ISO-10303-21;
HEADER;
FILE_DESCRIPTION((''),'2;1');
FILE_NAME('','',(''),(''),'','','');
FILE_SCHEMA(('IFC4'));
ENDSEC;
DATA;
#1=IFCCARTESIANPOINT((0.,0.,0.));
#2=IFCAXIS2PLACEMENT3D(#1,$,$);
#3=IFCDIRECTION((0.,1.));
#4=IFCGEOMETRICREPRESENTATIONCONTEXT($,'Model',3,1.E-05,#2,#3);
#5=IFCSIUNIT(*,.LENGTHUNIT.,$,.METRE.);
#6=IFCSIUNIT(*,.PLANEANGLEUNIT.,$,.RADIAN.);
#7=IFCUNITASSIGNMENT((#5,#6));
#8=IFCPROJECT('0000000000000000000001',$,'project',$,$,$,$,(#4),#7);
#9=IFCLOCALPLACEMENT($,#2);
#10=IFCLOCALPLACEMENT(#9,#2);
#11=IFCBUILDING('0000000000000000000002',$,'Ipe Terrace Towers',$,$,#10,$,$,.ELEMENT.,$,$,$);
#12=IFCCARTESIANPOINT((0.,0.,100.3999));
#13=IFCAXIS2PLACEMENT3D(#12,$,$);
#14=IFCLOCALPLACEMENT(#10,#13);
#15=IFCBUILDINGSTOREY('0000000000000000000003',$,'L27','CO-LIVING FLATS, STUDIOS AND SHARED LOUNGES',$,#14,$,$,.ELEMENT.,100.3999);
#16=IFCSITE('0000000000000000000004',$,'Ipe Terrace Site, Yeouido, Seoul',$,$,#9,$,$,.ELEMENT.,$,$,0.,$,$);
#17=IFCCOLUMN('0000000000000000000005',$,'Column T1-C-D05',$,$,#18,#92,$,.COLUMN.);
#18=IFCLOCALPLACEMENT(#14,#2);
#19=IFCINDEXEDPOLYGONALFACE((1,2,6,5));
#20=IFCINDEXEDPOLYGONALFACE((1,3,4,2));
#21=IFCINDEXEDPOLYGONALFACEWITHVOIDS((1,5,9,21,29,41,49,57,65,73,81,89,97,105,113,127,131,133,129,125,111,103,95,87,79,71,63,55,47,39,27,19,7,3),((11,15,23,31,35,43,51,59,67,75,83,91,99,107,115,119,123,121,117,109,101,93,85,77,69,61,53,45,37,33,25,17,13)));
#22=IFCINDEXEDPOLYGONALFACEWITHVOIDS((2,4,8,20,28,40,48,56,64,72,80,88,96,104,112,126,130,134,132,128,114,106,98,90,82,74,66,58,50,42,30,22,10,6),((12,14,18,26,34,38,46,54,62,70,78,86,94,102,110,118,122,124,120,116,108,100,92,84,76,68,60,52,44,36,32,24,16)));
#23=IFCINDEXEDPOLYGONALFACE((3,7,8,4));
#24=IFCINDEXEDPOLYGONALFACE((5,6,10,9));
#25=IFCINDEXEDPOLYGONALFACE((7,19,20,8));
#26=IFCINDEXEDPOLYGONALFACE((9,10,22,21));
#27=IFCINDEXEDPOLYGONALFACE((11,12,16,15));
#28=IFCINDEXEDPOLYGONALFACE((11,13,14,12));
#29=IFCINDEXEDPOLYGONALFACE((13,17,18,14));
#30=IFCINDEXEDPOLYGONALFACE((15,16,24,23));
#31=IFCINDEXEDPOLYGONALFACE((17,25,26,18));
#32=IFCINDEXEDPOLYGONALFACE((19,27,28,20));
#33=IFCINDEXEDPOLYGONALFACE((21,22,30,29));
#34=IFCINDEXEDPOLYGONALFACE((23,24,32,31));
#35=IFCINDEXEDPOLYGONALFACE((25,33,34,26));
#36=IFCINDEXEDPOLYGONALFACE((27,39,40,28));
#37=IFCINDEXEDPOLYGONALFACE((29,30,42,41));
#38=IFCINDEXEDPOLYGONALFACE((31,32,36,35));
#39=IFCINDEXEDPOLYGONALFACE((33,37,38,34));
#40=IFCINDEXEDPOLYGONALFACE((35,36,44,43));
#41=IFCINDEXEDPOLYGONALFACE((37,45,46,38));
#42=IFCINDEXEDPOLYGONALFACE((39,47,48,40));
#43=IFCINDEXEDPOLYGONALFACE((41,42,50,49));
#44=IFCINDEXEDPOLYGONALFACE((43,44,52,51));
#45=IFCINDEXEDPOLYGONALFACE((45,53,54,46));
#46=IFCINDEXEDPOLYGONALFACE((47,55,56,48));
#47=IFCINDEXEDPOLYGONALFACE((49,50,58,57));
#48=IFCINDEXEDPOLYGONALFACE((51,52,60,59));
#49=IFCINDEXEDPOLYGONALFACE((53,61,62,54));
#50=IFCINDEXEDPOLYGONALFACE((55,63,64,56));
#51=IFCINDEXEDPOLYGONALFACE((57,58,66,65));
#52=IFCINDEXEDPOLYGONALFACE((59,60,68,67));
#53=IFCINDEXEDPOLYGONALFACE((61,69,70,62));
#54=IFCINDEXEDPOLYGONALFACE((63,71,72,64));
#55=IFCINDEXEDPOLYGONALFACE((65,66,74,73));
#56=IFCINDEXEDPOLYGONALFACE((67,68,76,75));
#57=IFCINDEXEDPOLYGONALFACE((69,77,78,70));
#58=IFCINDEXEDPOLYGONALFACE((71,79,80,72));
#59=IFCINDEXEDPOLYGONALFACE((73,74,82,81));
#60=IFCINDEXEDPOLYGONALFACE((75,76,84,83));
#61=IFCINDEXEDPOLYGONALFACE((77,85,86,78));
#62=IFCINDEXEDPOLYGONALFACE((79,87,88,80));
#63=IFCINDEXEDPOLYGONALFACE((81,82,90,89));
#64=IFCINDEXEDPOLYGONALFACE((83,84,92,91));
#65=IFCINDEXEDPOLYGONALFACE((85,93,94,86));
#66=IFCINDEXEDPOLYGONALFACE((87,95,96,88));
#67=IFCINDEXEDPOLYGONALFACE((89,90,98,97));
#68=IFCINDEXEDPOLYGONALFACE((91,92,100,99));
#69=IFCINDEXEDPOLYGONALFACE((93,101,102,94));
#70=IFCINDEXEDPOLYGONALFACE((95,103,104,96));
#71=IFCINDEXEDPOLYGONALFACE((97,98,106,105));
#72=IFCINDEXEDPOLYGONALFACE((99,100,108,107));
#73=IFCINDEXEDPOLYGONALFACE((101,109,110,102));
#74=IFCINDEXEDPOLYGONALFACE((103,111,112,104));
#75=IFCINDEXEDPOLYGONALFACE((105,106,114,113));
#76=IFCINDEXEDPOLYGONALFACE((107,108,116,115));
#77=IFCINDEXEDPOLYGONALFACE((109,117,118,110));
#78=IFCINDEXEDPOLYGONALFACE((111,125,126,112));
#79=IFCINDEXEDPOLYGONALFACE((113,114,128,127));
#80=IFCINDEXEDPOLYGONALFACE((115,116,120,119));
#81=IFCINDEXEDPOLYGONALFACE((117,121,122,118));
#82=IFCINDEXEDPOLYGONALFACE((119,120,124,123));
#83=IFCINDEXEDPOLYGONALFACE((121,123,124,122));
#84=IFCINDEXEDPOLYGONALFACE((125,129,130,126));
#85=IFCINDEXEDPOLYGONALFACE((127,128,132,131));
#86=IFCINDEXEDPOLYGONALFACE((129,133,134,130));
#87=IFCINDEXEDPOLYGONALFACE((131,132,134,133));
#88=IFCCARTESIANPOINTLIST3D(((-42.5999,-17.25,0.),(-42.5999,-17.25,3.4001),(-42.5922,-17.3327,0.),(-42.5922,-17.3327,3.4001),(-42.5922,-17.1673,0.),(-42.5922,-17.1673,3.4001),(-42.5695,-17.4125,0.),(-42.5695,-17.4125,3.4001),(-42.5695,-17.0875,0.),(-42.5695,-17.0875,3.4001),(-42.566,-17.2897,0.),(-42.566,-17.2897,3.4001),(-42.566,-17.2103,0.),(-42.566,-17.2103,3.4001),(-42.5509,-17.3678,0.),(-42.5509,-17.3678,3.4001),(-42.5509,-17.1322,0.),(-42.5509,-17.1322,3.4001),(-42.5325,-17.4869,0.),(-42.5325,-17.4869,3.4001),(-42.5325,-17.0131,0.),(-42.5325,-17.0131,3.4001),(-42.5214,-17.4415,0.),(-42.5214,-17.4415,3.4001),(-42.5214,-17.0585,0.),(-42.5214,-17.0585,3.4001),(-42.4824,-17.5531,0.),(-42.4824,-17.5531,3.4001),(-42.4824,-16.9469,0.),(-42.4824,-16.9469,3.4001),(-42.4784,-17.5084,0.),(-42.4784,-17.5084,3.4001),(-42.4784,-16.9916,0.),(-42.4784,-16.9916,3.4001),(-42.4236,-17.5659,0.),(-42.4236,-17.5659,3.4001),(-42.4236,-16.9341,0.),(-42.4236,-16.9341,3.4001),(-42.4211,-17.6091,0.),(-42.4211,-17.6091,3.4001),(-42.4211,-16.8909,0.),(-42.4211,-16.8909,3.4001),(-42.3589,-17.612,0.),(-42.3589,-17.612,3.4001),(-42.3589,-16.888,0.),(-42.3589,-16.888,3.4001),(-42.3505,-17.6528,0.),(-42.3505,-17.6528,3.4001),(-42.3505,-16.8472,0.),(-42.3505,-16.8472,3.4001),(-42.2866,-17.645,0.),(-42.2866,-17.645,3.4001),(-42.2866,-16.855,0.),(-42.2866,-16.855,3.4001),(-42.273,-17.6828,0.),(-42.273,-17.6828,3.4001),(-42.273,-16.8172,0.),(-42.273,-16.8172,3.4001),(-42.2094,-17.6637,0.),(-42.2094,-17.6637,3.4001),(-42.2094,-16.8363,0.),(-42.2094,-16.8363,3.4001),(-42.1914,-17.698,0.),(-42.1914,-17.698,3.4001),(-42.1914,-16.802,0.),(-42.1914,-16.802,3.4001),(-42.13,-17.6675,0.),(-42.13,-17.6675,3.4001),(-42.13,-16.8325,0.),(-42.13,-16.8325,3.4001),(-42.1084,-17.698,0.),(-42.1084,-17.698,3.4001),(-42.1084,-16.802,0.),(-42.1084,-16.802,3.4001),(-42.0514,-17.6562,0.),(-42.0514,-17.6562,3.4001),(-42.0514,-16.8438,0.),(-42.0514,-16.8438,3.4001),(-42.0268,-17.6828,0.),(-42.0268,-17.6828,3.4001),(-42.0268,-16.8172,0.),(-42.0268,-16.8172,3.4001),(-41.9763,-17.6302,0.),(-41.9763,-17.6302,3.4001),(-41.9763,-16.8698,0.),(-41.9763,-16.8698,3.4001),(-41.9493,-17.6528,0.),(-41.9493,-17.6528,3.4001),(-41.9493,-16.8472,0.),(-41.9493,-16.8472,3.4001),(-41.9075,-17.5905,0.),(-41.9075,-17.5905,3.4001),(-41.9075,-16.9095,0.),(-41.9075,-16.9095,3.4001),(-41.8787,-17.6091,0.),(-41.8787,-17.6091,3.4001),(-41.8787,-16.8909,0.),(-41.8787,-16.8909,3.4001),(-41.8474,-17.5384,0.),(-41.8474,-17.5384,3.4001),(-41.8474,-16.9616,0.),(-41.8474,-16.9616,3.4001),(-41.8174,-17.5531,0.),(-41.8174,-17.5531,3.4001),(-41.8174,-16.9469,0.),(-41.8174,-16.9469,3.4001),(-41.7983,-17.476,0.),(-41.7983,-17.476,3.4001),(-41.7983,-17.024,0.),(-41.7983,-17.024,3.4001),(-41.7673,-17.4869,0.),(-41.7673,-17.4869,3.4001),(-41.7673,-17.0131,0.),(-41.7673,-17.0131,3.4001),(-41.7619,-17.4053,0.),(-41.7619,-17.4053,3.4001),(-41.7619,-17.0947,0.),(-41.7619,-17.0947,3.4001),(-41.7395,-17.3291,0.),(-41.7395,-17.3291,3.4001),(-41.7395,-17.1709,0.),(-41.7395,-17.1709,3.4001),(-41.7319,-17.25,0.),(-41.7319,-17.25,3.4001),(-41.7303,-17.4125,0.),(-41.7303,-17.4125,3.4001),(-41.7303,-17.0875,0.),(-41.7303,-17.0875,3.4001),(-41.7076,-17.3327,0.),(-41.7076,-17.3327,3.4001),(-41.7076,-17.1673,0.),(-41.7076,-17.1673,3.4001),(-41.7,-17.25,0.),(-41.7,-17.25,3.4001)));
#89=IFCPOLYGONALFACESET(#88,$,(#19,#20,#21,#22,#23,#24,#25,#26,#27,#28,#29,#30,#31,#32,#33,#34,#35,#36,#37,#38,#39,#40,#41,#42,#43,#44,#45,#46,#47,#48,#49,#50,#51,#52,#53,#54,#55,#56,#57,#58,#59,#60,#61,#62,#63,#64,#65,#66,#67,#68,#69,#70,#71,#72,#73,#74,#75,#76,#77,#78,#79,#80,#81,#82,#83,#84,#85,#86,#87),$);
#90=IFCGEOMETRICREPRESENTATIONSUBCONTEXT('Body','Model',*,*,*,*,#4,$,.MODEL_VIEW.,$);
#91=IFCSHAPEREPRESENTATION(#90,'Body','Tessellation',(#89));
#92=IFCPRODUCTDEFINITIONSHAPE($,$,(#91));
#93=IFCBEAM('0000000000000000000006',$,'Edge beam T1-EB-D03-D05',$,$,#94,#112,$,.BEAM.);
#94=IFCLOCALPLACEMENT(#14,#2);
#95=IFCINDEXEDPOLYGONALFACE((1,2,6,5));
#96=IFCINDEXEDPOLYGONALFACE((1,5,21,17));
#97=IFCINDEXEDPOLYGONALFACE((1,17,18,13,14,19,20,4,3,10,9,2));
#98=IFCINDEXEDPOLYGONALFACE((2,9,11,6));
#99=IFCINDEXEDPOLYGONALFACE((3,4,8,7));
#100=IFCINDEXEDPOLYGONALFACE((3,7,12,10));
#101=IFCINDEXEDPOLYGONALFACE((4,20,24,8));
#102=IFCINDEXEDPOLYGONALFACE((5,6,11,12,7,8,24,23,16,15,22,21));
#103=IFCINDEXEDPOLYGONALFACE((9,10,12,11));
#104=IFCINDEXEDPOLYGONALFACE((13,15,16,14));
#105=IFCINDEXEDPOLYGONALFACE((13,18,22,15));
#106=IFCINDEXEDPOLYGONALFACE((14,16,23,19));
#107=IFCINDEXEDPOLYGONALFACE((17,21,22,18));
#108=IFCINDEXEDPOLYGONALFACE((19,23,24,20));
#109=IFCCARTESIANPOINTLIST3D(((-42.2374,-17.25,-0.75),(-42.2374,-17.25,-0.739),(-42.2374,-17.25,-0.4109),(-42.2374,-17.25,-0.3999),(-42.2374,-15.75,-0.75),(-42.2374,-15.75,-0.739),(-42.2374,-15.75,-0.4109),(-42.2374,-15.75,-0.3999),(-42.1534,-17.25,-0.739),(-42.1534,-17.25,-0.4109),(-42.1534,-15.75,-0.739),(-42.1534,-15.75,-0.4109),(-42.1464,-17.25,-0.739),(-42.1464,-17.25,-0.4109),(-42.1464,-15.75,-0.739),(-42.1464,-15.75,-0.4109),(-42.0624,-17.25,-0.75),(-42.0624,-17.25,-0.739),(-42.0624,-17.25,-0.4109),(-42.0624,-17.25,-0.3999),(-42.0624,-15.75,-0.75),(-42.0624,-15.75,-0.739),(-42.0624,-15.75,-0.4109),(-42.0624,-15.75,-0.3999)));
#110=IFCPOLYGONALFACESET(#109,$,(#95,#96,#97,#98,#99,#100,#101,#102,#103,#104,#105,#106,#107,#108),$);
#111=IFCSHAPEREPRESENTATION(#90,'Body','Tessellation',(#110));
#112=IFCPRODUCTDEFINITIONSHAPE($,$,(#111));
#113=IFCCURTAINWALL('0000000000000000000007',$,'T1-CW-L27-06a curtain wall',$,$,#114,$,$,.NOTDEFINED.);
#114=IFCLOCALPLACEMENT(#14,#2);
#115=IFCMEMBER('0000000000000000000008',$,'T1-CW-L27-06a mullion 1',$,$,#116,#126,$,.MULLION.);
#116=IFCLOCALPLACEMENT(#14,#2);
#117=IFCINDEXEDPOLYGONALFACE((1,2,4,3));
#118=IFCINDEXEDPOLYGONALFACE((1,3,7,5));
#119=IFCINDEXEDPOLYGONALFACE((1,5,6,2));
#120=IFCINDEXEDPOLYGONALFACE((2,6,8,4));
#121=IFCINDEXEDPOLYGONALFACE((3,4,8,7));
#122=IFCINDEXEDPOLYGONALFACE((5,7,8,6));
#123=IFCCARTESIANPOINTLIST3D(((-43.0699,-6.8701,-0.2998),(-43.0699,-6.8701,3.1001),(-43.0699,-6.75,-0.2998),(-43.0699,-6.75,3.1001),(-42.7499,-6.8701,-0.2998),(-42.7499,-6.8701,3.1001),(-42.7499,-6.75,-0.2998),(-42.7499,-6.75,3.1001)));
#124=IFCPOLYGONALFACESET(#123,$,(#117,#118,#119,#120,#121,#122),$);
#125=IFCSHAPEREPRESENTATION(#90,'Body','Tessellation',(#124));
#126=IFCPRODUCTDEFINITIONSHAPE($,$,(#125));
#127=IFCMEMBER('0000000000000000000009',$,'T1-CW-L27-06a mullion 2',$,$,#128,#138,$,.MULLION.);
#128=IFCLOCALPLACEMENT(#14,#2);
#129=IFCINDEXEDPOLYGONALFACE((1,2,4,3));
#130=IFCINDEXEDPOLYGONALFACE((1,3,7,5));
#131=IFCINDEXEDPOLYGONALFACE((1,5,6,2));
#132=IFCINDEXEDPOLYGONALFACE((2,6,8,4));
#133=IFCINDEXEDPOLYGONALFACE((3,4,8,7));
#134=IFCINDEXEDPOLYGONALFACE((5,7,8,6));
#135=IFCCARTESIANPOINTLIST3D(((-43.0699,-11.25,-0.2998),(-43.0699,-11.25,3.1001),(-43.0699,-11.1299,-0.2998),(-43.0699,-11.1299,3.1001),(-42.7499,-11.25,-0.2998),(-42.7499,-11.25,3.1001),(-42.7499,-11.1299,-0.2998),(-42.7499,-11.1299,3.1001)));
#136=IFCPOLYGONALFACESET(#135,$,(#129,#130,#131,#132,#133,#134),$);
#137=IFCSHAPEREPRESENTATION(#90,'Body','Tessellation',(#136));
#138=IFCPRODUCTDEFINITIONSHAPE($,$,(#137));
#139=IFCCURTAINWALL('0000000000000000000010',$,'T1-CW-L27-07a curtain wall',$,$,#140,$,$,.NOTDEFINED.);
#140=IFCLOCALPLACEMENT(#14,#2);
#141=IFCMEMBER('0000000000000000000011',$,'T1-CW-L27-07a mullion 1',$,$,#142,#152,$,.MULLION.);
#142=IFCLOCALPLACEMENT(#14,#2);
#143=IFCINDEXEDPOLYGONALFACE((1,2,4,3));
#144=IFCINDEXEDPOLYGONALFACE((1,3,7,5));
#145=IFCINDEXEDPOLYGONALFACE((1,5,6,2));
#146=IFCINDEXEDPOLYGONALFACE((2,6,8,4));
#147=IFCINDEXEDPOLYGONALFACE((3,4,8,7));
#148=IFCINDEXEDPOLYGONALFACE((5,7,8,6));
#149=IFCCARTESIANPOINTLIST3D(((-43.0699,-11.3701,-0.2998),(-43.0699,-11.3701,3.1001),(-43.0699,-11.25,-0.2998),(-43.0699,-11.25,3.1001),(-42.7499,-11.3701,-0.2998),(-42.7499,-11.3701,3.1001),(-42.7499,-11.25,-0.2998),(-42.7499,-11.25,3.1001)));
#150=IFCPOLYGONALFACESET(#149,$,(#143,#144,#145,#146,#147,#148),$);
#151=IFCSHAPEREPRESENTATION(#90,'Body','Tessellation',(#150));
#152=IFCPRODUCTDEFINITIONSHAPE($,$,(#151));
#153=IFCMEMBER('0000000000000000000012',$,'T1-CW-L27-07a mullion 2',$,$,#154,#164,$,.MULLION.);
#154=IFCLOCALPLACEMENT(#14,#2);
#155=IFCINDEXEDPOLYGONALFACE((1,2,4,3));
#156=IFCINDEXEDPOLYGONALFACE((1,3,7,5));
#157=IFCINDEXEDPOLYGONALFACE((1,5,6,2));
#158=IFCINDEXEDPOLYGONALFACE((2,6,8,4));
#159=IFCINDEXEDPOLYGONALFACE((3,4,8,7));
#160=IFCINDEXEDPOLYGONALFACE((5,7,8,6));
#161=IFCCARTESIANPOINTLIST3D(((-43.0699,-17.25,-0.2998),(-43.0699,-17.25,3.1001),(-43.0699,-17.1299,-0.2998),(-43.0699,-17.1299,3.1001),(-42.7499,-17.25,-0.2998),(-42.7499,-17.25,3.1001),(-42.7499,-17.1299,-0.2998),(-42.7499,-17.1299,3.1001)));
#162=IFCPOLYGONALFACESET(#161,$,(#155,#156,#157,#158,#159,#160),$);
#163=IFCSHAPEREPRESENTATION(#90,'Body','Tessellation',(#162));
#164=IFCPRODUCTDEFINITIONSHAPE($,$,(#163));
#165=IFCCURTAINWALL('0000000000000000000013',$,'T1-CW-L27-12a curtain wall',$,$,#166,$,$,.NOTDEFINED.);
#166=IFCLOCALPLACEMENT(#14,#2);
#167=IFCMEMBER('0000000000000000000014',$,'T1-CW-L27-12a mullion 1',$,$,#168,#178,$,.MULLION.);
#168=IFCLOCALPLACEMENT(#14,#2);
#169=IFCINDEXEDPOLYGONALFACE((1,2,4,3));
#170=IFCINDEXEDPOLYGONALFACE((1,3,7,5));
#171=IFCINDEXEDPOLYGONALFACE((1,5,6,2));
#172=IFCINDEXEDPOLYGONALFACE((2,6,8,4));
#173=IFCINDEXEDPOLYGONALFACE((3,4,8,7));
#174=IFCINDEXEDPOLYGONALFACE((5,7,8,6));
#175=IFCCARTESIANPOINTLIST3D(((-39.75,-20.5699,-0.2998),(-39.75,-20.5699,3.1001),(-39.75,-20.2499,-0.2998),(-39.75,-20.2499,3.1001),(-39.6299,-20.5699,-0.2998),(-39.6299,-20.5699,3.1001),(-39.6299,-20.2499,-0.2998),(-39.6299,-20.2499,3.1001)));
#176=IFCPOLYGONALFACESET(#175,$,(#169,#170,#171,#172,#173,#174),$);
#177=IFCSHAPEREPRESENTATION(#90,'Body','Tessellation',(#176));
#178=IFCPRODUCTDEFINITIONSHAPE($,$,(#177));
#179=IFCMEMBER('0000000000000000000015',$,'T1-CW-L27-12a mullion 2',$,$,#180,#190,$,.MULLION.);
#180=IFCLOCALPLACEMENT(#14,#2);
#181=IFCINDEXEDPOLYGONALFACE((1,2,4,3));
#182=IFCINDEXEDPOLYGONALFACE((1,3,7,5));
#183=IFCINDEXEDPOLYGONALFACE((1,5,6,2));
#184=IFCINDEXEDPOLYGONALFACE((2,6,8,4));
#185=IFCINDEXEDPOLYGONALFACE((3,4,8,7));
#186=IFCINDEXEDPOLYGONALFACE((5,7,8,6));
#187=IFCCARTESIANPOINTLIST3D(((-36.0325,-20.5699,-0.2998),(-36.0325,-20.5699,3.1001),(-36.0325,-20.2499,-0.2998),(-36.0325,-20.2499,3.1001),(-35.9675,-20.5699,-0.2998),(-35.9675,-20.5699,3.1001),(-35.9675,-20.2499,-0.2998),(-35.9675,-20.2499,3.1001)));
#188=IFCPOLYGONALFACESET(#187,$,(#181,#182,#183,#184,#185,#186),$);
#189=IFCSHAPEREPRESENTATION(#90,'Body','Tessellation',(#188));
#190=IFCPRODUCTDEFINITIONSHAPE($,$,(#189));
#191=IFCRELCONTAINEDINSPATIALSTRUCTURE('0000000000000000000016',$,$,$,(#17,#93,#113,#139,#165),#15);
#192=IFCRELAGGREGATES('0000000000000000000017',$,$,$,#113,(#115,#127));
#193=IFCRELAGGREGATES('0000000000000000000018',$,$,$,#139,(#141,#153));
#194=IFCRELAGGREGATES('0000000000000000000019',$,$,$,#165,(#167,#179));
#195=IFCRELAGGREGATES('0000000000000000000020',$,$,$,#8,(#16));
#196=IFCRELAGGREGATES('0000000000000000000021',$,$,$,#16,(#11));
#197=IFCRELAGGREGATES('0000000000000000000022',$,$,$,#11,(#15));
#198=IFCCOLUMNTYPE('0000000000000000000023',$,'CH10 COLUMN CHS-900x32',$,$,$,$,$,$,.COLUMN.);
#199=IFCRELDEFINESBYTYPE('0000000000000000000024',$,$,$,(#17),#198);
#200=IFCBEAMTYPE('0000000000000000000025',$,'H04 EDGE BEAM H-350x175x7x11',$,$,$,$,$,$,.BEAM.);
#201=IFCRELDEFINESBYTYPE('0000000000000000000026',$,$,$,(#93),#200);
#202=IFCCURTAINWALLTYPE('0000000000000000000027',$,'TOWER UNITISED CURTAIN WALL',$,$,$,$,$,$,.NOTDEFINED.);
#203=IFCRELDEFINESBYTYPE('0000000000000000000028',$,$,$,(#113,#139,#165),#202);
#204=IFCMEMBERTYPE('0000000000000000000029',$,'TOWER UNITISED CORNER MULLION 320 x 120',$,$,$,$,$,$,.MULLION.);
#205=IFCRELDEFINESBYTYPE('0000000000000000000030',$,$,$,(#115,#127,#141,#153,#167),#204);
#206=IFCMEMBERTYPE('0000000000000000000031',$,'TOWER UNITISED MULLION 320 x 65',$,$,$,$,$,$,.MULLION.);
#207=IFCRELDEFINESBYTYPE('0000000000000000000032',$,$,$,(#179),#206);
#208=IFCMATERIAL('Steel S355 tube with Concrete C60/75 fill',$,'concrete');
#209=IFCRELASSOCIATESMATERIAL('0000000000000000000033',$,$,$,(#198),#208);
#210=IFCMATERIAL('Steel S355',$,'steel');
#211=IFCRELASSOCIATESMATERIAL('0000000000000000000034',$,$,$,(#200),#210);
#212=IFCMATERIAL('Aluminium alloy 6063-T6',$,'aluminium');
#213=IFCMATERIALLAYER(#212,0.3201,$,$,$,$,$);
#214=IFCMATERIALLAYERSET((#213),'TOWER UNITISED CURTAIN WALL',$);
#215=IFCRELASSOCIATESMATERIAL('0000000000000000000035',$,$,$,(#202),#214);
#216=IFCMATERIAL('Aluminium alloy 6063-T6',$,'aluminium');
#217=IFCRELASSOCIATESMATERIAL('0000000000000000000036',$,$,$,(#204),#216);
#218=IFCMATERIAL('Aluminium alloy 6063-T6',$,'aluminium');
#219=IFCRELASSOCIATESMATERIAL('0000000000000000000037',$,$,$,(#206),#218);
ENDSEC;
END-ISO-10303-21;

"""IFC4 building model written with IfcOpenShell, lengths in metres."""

from ifc_helpers import new_model, si_unit, direction, frame, origin, origin_2d, place, context, subcontext, project, spatial, rectangle, hollow_circle, i_section, extrude, material, layer, layer_set, material_profile, profile_set, type_object, element, aggregate, save


model = new_model("IFC4")

# Units and contexts
model_context = context("Model", 3, precision=1e-05, world=origin(), true_north=direction((0.0, 1.0)))
body_context = subcontext(model_context, "Body", "Model", "MODEL_VIEW")
ifc_project = project(units=[si_unit("LENGTHUNIT", "METRE"), si_unit("PLANEANGLEUNIT", "RADIAN")], contexts=[model_context])

# Site, building, storey
site_placement = place(None, origin())
site = spatial("IfcSite", under=ifc_project, at=site_placement, Name="Ipe Terrace Site, Yeouido, Seoul", CompositionType="ELEMENT", RefElevation=0.0)
building_placement = place(site_placement, origin())
building = spatial("IfcBuilding", under=site, at=building_placement, Name="Ipe Terrace Towers", CompositionType="ELEMENT")
storey_placement = place(building_placement, frame((0.0, 0.0, 100.3999)))
storey = spatial("IfcBuildingStorey", under=building, at=storey_placement, Name="L27", Description="CO-LIVING FLATS, STUDIOS AND SHARED LOUNGES", CompositionType="ELEMENT", Elevation=100.3999)

# Column
ifc_material_1 = material(Name="Steel S355 tube with Concrete C60/75 fill", Category="concrete")
ifc_material_profile_1 = material_profile(ifc_material_1, hollow_circle(Radius=0.45, WallThickness=0.032, at=origin_2d()), Name="CHS-900x32")
ifc_profile_set_1 = profile_set([ifc_material_profile_1], Name="Steel S355 tube with Concrete C60/75 fill")
column_type_1 = type_object("IfcColumnType", Name="CH10 COLUMN CHS-900x32", PredefinedType="COLUMN", material=ifc_profile_set_1)
for number, where, z_axis, x_axis, name in (
    (1, (-42.1499, -17.25, 0.0), (0.0, 0.0, 1.0), (1.0, 0.0, 0.0), "Column T1-C-D05"),
):
    element("IfcColumn", number, at=place(storey_placement, frame(where, z_axis=z_axis, x_axis=x_axis)), inside=storey, type_object=column_type_1, Name=name, PredefinedType="COLUMN", context=body_context, shape_type="SweptSolid", body=[
        extrude(hollow_circle(Radius=0.45, WallThickness=0.032, at=origin_2d()), origin(), (0.0, 0.0, 1.0), 3.4001),
    ])

# Beam
ifc_material_2 = material(Name="Steel S355", Category="steel")
ifc_material_profile_2 = material_profile(ifc_material_2, i_section(OverallWidth=0.175, OverallDepth=0.3501, WebThickness=0.0071, FlangeThickness=0.011, at=origin_2d()), Name="H-350x175x7x11")
ifc_profile_set_2 = profile_set([ifc_material_profile_2], Name="Steel S355")
beam_type = type_object("IfcBeamType", Name="H04 EDGE BEAM H-350x175x7x11", PredefinedType="BEAM", material=ifc_profile_set_2)
beam_placement = place(storey_placement, frame((-42.1499, -15.75, -0.575), z_axis=(0.0, -1.0, 0.0), x_axis=(1.0, 0.0, 0.0)))
element("IfcBeam", 2, at=beam_placement, inside=storey, type_object=beam_type, Name="Edge beam T1-EB-D03-D05", PredefinedType="BEAM", context=body_context, shape_type="SweptSolid", body=[
    extrude(i_section(OverallWidth=0.175, OverallDepth=0.3501, WebThickness=0.0071, FlangeThickness=0.011, at=origin_2d()), origin(), (0.0, 0.0, 1.0), 1.5),
])

# Curtain walls, members
ifc_material_3 = material(Name="Aluminium alloy 6063-T6", Category="aluminium")
ifc_layer_1 = layer(ifc_material_3, 0.3201)
ifc_layer_set_1 = layer_set([ifc_layer_1], Name="TOWER UNITISED CURTAIN WALL")
curtain_wall_type = type_object("IfcCurtainWallType", Name="TOWER UNITISED CURTAIN WALL", PredefinedType="NOTDEFINED", material=ifc_layer_set_1)
curtain_wall_1_placement = place(storey_placement, origin())
curtain_wall_1 = element("IfcCurtainWall", 3, at=curtain_wall_1_placement, inside=storey, type_object=curtain_wall_type, Name="T1-CW-L27-06a curtain wall", PredefinedType="NOTDEFINED")
ifc_material_4 = material(Name="Aluminium alloy 6063-T6", Category="aluminium")
ifc_material_profile_3 = material_profile(ifc_material_4, rectangle(XDim=0.3201, YDim=0.1201, at=origin_2d()), Name="TOWER UNITISED CORNER MULLION 320 x 120")
ifc_profile_set_3 = profile_set([ifc_material_profile_3], Name="Aluminium alloy 6063-T6")
member_type_1 = type_object("IfcMemberType", Name="TOWER UNITISED CORNER MULLION 320 x 120", PredefinedType="MULLION", material=ifc_profile_set_3)
member_1_placement = place(storey_placement, frame((-42.9099, -6.8101, -0.2998), z_axis=(0.0, 0.0, 1.0), x_axis=(-1.0, 0.0, 0.0)))
member_1 = element("IfcMember", 4, at=member_1_placement, type_object=member_type_1, Name="T1-CW-L27-06a mullion 1", PredefinedType="MULLION", context=body_context, shape_type="SweptSolid", body=[
    extrude(rectangle(XDim=0.3201, YDim=0.1201, at=origin_2d()), origin(), (0.0, 0.0, 1.0), 3.3999),
])
member_2_placement = place(storey_placement, frame((-42.9099, -11.1899, -0.2998), z_axis=(0.0, 0.0, 1.0), x_axis=(-1.0, 0.0, 0.0)))
member_2 = element("IfcMember", 5, at=member_2_placement, type_object=member_type_1, Name="T1-CW-L27-06a mullion 2", PredefinedType="MULLION", context=body_context, shape_type="SweptSolid", body=[
    extrude(rectangle(XDim=0.3201, YDim=0.1201, at=origin_2d()), origin(), (0.0, 0.0, 1.0), 3.3999),
])
curtain_wall_2_placement = place(storey_placement, origin())
curtain_wall_2 = element("IfcCurtainWall", 6, at=curtain_wall_2_placement, inside=storey, type_object=curtain_wall_type, Name="T1-CW-L27-07a curtain wall", PredefinedType="NOTDEFINED")
member_3_placement = place(storey_placement, frame((-42.9099, -11.3101, -0.2998), z_axis=(0.0, 0.0, 1.0), x_axis=(-1.0, 0.0, 0.0)))
member_3 = element("IfcMember", 7, at=member_3_placement, type_object=member_type_1, Name="T1-CW-L27-07a mullion 1", PredefinedType="MULLION", context=body_context, shape_type="SweptSolid", body=[
    extrude(rectangle(XDim=0.3201, YDim=0.1201, at=origin_2d()), origin(), (0.0, 0.0, 1.0), 3.3999),
])
member_4_placement = place(storey_placement, frame((-42.9099, -17.1899, -0.2998), z_axis=(0.0, 0.0, 1.0), x_axis=(-1.0, 0.0, 0.0)))
member_4 = element("IfcMember", 8, at=member_4_placement, type_object=member_type_1, Name="T1-CW-L27-07a mullion 2", PredefinedType="MULLION", context=body_context, shape_type="SweptSolid", body=[
    extrude(rectangle(XDim=0.3201, YDim=0.1201, at=origin_2d()), origin(), (0.0, 0.0, 1.0), 3.3999),
])
curtain_wall_3_placement = place(storey_placement, origin())
curtain_wall_3 = element("IfcCurtainWall", 9, at=curtain_wall_3_placement, inside=storey, type_object=curtain_wall_type, Name="T1-CW-L27-12a curtain wall", PredefinedType="NOTDEFINED")
member_5_placement = place(storey_placement, frame((-39.6899, -20.4099, -0.2998), z_axis=(0.0, 0.0, 1.0), x_axis=(0.0, -1.0, 0.0)))
member_5 = element("IfcMember", 10, at=member_5_placement, type_object=member_type_1, Name="T1-CW-L27-12a mullion 1", PredefinedType="MULLION", context=body_context, shape_type="SweptSolid", body=[
    extrude(rectangle(XDim=0.3201, YDim=0.1201, at=origin_2d()), origin(), (0.0, 0.0, 1.0), 3.3999),
])
ifc_material_5 = material(Name="Aluminium alloy 6063-T6", Category="aluminium")
ifc_material_profile_4 = material_profile(ifc_material_5, rectangle(XDim=0.3201, YDim=0.0649, at=origin_2d()), Name="TOWER UNITISED MULLION 320 x 65")
ifc_profile_set_4 = profile_set([ifc_material_profile_4], Name="Aluminium alloy 6063-T6")
member_type_2 = type_object("IfcMemberType", Name="TOWER UNITISED MULLION 320 x 65", PredefinedType="MULLION", material=ifc_profile_set_4)
member_6_placement = place(storey_placement, frame((-36.0, -20.4099, -0.2998), z_axis=(0.0, 0.0, 1.0), x_axis=(0.0, -1.0, 0.0)))
member_6 = element("IfcMember", 11, at=member_6_placement, type_object=member_type_2, Name="T1-CW-L27-12a mullion 2", PredefinedType="MULLION", context=body_context, shape_type="SweptSolid", body=[
    extrude(rectangle(XDim=0.3201, YDim=0.0649, at=origin_2d()), origin(), (0.0, 0.0, 1.0), 3.3999),
])

aggregate(curtain_wall_1, [member_1, member_2])
aggregate(curtain_wall_2, [member_3, member_4])
aggregate(curtain_wall_3, [member_5, member_6])

save(model, "model.ifc")
